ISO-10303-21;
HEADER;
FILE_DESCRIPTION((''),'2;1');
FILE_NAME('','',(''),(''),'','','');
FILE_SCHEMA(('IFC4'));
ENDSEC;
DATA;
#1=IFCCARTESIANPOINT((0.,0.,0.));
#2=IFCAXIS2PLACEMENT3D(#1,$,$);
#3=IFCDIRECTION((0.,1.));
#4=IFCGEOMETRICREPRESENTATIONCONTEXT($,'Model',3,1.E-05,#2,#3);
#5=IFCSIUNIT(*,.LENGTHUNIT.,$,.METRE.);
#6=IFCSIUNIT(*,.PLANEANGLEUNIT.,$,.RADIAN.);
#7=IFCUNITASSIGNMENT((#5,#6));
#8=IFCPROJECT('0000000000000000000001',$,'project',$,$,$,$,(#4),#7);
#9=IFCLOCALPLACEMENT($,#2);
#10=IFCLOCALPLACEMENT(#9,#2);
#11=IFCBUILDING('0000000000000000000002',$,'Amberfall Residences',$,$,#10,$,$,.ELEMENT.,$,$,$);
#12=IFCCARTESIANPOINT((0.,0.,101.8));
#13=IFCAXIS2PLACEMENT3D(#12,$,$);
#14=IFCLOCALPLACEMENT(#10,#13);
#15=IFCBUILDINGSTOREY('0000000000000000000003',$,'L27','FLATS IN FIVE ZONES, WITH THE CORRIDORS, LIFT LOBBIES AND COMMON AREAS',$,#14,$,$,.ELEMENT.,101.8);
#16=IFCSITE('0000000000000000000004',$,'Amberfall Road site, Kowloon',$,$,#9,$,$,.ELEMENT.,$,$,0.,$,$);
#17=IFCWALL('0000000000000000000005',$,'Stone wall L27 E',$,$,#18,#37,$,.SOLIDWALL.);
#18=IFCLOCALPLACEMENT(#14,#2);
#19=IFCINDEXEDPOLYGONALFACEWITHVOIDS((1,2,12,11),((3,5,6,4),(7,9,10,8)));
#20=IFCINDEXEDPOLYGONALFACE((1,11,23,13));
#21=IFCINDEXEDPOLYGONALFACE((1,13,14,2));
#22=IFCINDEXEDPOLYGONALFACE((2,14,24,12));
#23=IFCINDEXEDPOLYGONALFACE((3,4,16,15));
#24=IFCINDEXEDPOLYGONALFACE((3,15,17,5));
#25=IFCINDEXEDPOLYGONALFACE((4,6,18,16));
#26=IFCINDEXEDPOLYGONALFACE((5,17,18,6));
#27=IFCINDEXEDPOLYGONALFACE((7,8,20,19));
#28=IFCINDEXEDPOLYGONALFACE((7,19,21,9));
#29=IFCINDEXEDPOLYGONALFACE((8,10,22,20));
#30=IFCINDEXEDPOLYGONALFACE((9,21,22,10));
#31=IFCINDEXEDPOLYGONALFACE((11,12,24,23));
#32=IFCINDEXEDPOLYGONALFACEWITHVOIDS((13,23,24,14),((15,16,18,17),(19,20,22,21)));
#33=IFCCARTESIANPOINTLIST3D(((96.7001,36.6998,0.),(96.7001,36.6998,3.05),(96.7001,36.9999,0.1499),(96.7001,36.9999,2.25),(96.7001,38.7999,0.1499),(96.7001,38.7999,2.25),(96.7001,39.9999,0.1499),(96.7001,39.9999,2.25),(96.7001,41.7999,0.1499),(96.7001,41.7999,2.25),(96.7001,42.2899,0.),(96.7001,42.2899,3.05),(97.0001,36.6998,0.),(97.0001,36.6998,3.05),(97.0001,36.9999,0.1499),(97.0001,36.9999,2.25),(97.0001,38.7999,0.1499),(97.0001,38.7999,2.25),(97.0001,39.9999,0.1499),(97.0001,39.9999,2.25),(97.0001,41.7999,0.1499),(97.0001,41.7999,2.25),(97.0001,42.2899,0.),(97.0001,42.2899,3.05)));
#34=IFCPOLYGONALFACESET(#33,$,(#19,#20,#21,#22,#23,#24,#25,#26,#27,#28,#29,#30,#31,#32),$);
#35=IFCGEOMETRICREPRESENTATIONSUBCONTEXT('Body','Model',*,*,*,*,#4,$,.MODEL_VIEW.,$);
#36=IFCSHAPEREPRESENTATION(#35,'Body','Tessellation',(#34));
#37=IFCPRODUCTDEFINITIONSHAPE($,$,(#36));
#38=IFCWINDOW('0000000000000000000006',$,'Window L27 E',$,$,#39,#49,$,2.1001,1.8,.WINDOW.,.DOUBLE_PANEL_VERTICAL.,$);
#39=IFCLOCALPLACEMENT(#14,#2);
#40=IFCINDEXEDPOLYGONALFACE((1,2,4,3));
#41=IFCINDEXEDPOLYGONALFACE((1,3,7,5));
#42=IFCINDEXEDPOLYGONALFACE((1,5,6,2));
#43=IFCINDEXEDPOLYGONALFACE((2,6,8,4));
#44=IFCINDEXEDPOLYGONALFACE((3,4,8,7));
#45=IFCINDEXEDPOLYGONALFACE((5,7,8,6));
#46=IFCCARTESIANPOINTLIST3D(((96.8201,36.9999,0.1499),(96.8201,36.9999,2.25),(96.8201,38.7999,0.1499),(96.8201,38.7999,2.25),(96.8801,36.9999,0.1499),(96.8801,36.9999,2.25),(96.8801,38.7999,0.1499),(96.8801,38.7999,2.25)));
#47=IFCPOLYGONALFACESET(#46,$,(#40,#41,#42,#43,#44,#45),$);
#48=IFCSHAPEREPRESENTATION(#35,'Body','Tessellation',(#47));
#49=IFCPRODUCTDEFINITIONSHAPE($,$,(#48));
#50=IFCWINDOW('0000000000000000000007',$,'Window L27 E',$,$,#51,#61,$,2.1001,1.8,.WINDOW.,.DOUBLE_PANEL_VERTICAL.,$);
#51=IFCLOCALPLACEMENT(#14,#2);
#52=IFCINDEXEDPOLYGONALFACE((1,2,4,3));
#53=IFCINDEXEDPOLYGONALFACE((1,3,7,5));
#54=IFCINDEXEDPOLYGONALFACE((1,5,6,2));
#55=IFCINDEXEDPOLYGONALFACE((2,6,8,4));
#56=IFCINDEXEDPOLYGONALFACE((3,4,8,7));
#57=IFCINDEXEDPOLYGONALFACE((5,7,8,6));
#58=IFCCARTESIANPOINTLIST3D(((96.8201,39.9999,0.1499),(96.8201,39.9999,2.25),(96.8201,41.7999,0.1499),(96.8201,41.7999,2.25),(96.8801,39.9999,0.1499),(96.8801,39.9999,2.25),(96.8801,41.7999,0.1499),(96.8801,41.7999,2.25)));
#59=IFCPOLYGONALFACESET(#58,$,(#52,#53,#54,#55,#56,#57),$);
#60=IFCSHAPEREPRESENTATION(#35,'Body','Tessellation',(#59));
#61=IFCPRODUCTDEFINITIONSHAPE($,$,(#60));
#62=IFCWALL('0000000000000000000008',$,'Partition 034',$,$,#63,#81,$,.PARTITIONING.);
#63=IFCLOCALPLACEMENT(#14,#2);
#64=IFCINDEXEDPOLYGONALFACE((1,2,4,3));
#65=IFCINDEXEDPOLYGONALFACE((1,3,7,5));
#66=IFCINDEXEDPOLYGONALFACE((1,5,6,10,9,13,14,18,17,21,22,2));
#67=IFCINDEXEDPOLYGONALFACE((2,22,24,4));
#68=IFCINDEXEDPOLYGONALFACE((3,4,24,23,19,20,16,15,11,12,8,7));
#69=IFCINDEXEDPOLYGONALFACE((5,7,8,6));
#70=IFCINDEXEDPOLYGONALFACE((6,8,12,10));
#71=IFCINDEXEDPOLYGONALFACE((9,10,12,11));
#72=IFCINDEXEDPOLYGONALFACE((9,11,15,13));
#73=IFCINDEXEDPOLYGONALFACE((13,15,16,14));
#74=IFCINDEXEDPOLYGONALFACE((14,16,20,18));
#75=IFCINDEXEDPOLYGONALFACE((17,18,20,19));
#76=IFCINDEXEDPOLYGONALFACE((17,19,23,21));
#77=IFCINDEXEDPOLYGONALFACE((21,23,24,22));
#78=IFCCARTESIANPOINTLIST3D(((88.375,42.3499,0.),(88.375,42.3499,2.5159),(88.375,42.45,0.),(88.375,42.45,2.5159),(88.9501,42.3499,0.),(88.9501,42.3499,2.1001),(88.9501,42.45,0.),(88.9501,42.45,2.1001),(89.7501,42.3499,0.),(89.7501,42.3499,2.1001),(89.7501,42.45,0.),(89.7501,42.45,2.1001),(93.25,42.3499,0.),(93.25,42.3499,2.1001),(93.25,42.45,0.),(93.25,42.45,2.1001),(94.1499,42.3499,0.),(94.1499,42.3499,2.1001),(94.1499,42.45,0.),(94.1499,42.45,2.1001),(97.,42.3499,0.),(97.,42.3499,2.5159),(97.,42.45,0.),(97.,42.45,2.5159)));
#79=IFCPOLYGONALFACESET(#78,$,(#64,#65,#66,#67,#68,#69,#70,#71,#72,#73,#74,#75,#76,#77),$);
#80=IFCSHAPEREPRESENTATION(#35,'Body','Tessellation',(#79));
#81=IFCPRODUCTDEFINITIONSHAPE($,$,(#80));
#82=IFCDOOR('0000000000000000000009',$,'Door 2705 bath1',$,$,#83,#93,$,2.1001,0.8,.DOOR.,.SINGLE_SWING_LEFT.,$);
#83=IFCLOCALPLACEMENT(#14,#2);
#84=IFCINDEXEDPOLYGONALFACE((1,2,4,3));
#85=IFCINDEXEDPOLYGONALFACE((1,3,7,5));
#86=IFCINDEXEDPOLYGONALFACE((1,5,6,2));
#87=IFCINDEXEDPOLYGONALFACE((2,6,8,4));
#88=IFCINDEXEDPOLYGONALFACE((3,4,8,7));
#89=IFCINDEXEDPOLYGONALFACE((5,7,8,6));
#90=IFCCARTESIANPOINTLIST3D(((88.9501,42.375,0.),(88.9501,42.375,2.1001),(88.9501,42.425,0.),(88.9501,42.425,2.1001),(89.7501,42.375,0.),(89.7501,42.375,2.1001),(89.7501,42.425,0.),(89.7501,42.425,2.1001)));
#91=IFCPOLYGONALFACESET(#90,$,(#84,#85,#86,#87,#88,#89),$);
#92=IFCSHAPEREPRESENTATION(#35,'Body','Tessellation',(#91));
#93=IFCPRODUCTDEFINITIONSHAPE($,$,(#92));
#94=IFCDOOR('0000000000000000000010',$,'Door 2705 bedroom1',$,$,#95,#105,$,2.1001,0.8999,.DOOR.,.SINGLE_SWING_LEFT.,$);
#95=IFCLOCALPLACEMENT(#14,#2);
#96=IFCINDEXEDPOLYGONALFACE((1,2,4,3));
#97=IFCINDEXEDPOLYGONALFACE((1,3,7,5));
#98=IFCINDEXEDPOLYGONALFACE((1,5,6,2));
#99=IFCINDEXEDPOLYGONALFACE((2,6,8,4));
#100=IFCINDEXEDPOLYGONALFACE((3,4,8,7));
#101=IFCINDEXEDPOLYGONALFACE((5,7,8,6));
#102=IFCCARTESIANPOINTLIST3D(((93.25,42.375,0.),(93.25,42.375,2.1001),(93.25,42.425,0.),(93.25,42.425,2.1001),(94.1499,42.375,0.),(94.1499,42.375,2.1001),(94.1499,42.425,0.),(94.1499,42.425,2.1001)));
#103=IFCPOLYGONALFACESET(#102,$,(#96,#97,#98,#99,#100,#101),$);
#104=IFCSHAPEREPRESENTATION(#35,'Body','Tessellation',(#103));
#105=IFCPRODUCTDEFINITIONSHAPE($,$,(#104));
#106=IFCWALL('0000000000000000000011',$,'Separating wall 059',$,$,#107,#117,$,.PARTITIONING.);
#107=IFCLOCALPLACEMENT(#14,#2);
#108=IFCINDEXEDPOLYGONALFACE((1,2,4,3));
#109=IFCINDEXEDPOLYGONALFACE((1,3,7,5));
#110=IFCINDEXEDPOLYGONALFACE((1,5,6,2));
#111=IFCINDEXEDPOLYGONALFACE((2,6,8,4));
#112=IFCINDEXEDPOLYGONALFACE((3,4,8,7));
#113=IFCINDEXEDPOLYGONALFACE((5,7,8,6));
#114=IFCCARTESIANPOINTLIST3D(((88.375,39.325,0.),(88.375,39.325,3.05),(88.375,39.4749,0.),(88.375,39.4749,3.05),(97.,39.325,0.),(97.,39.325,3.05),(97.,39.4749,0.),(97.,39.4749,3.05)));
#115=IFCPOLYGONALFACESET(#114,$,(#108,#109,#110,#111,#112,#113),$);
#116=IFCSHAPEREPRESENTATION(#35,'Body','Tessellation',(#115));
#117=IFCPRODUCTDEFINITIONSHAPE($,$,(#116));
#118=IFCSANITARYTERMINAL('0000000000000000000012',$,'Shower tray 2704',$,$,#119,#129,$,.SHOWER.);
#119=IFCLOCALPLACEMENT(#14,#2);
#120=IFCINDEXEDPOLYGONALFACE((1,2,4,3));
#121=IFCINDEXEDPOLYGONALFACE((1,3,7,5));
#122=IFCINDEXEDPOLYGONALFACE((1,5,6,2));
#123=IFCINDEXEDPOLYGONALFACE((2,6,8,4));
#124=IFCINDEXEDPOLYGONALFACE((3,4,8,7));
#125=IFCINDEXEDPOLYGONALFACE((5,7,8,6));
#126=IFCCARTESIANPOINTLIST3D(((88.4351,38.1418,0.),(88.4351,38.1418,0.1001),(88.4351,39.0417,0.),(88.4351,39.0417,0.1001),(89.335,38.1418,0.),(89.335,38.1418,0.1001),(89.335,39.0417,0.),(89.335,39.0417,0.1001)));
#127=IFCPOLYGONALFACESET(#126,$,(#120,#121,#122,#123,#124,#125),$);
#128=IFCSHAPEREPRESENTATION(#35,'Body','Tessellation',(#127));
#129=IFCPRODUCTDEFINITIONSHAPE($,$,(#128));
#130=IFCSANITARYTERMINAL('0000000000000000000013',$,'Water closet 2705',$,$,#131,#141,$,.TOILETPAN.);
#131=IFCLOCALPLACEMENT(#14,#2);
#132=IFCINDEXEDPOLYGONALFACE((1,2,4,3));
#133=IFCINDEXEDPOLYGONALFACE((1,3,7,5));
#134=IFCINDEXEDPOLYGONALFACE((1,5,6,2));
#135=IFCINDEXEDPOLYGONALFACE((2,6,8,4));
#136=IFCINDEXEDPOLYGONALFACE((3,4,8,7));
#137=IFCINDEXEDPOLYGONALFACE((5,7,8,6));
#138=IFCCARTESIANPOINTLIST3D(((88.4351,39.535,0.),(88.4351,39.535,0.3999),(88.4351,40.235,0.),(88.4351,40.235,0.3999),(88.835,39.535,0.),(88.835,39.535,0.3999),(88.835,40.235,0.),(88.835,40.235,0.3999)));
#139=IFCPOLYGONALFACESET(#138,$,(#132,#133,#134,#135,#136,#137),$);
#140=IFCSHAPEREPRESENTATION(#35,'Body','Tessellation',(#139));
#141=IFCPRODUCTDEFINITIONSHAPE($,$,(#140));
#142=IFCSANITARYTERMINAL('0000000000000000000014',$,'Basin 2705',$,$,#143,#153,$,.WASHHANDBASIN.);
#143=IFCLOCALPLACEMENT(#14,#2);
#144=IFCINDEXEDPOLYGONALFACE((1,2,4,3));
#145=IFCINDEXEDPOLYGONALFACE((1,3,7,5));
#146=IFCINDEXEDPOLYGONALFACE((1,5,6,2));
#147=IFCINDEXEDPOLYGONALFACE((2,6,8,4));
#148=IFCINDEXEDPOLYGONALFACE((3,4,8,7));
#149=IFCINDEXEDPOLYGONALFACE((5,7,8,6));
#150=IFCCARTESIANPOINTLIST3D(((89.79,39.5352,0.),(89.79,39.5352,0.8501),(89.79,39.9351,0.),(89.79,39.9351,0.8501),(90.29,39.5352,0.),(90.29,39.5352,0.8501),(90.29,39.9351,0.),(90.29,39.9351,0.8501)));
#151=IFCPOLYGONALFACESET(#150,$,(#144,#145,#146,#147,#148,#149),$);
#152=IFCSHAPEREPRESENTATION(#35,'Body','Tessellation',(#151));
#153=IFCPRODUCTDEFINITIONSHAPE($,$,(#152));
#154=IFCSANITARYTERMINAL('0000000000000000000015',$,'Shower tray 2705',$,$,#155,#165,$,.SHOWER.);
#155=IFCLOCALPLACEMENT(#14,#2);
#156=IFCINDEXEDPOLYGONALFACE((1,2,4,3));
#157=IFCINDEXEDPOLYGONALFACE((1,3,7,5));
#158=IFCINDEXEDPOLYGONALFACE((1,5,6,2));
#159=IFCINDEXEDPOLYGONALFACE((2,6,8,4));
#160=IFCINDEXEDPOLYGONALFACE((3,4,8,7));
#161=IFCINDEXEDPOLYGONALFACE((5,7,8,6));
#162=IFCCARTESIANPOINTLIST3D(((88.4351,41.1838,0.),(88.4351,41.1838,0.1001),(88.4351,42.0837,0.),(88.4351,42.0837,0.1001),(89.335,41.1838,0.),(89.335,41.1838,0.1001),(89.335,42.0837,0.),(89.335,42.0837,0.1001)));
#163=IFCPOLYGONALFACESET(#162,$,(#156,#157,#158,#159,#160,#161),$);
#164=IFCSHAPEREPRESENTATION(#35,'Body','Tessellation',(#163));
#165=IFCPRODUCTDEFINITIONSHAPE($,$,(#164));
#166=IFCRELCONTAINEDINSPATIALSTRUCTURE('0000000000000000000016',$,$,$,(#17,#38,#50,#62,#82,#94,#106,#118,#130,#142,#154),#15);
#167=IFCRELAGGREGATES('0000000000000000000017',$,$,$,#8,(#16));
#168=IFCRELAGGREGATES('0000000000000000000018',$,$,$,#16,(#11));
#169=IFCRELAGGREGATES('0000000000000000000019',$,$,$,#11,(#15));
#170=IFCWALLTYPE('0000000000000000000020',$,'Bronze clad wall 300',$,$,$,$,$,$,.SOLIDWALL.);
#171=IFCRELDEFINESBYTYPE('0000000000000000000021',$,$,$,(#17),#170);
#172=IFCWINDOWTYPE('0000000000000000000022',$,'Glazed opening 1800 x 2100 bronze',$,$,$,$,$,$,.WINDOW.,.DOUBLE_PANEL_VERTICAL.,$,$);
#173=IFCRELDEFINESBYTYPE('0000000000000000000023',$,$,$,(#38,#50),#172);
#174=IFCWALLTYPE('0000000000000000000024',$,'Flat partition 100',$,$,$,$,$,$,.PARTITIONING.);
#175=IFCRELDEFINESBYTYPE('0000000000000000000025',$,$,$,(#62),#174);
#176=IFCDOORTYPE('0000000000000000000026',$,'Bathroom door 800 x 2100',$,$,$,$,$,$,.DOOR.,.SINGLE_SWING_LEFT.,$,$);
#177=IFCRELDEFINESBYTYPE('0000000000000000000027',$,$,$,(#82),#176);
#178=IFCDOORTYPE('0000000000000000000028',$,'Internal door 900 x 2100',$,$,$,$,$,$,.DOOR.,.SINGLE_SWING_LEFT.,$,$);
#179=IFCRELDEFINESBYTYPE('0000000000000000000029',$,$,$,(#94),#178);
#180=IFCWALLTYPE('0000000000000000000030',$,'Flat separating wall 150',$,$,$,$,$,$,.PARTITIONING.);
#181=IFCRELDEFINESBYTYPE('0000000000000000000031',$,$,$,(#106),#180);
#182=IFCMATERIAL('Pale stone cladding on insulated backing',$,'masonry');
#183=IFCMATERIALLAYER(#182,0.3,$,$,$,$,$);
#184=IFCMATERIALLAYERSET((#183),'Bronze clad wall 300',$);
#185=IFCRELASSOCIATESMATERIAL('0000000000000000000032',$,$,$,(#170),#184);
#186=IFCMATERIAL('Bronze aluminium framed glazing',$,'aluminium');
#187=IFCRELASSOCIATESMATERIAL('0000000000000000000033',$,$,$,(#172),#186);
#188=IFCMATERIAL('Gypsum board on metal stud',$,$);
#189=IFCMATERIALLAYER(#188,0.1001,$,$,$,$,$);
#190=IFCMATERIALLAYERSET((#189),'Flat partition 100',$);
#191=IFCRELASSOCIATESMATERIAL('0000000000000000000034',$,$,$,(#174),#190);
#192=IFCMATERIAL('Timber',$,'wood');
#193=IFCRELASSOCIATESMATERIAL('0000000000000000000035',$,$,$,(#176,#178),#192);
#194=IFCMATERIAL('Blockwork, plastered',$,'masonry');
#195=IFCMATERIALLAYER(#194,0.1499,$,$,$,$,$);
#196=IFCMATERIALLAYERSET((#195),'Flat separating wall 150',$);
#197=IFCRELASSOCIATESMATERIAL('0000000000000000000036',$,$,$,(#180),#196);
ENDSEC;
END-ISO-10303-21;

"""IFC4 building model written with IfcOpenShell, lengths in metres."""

from ifc_helpers import new_model, si_unit, direction, frame, frame_2d, origin, origin_2d, place, context, subcontext, project, spatial, rectangle, extrude, material, layer, layer_set, type_object, element, fill, save


model = new_model("IFC4")

# Units and contexts
model_context = context("Model", 3, precision=1e-05, world=origin(), true_north=direction((0.0, 1.0)))
body_context = subcontext(model_context, "Body", "Model", "MODEL_VIEW")
ifc_project = project(units=[si_unit("LENGTHUNIT", "METRE"), si_unit("PLANEANGLEUNIT", "RADIAN")], contexts=[model_context])

# Site, building, storey
site_placement = place(None, origin())
site = spatial("IfcSite", under=ifc_project, at=site_placement, Name="Amberfall Road site, Kowloon", CompositionType="ELEMENT", RefElevation=0.0)
building_placement = place(site_placement, origin())
building = spatial("IfcBuilding", under=site, at=building_placement, Name="Amberfall Residences", CompositionType="ELEMENT")
storey_placement = place(building_placement, frame((0.0, 0.0, 101.8)))
storey = spatial("IfcBuildingStorey", under=building, at=storey_placement, Name="L27", Description="FLATS IN FIVE ZONES, WITH THE CORRIDORS, LIFT LOBBIES AND COMMON AREAS", CompositionType="ELEMENT", Elevation=101.8)

# Shared definitions
ifc_material_1 = material(Name="Pale stone cladding on insulated backing", Category="masonry")
ifc_layer_1 = layer(ifc_material_1, 0.3)
ifc_layer_set_1 = layer_set([ifc_layer_1], Name="Bronze clad wall 300")
wall_type_1 = type_object("IfcWallType", Name="Bronze clad wall 300", PredefinedType="SOLIDWALL", material=ifc_layer_set_1)
ifc_material_2 = material(Name="Bronze aluminium framed glazing", Category="aluminium")

# Wall, openings, windows
wall_1_placement = place(storey_placement, frame((96.8501, 36.7, 0.0), z_axis=(0.0, 0.0, 1.0), x_axis=(0.0, 1.0, 0.0)))
wall_1 = element("IfcWall", 1, at=wall_1_placement, inside=storey, type_object=wall_type_1, Name="Stone wall L27 E", PredefinedType="SOLIDWALL", context=body_context, shape_type="SweptSolid", body=[
    extrude(rectangle(XDim=5.5901, YDim=0.3, at=frame_2d((2.7949, 0.0))), origin(), (0.0, 0.0, 1.0), 3.05),
])
opening_1_placement = place(wall_1_placement, frame((0.3, 0.0, 0.1499)))
opening_1 = element("IfcOpeningElement", 2, at=opening_1_placement, cuts=wall_1, PredefinedType="OPENING", context=body_context, shape_type="SweptSolid", body=[
    extrude(rectangle(XDim=1.8, YDim=2.1001, at=frame_2d((0.8999, 1.05))), frame((0.0, 0.1599, 0.0), z_axis=(0.0, -1.0, 0.0), x_axis=(1.0, 0.0, 0.0)), (0.0, 0.0, 1.0), 0.3201),
])
opening_2_placement = place(wall_1_placement, frame((3.3, 0.0, 0.1499)))
opening_2 = element("IfcOpeningElement", 3, at=opening_2_placement, cuts=wall_1, PredefinedType="OPENING", context=body_context, shape_type="SweptSolid", body=[
    extrude(rectangle(XDim=1.8, YDim=2.1001, at=frame_2d((0.8999, 1.05))), frame((0.0, 0.1599, 0.0), z_axis=(0.0, -1.0, 0.0), x_axis=(1.0, 0.0, 0.0)), (0.0, 0.0, 1.0), 0.3201),
])
window_type_1 = type_object("IfcWindowType", Name="Glazed opening 1800 x 2100 bronze", PartitioningType="DOUBLE_PANEL_VERTICAL", PredefinedType="WINDOW", material=ifc_material_2)
window_1_placement = place(opening_1_placement, origin())
window_1 = element("IfcWindow", 4, at=window_1_placement, inside=storey, type_object=window_type_1, Name="Window L27 E", OverallHeight=2.1001, OverallWidth=1.8, PartitioningType="DOUBLE_PANEL_VERTICAL", PredefinedType="WINDOW", context=body_context, shape_type="SweptSolid", body=[
    extrude(rectangle(XDim=1.8, YDim=2.1001, at=frame_2d((0.8999, 1.05))), frame((0.0, 0.03, 0.0), z_axis=(0.0, -1.0, 0.0), x_axis=(1.0, 0.0, 0.0)), (0.0, 0.0, 1.0), 0.0601),
])
fill(opening_1, window_1)
window_2_placement = place(opening_2_placement, origin())
window_2 = element("IfcWindow", 5, at=window_2_placement, inside=storey, type_object=window_type_1, Name="Window L27 E", OverallHeight=2.1001, OverallWidth=1.8, PartitioningType="DOUBLE_PANEL_VERTICAL", PredefinedType="WINDOW", context=body_context, shape_type="SweptSolid", body=[
    extrude(rectangle(XDim=1.8, YDim=2.1001, at=frame_2d((0.8999, 1.05))), frame((0.0, 0.03, 0.0), z_axis=(0.0, -1.0, 0.0), x_axis=(1.0, 0.0, 0.0)), (0.0, 0.0, 1.0), 0.0601),
])
fill(opening_2, window_2)

# Wall, openings, doors
ifc_material_3 = material(Name="Gypsum board on metal stud")
ifc_layer_2 = layer(ifc_material_3, 0.1001)
ifc_layer_set_2 = layer_set([ifc_layer_2], Name="Flat partition 100")
wall_type_2 = type_object("IfcWallType", Name="Flat partition 100", PredefinedType="PARTITIONING", material=ifc_layer_set_2)
wall_2_placement = place(storey_placement, frame((97.0, 42.3999, 0.0), z_axis=(0.0, 0.0, 1.0), x_axis=(-1.0, 0.0, 0.0)))
wall_2 = element("IfcWall", 6, at=wall_2_placement, inside=storey, type_object=wall_type_2, Name="Partition 034", PredefinedType="PARTITIONING", context=body_context, shape_type="SweptSolid", body=[
    extrude(rectangle(XDim=8.625, YDim=0.1001, at=frame_2d((4.3125, 0.0))), origin(), (0.0, 0.0, 1.0), 2.5159),
])
opening_3_placement = place(wall_2_placement, frame((2.8501, 0.0, 0.0)))
opening_3 = element("IfcOpeningElement", 7, at=opening_3_placement, cuts=wall_2, PredefinedType="OPENING", context=body_context, shape_type="SweptSolid", body=[
    extrude(rectangle(XDim=0.8999, YDim=2.1001, at=frame_2d((0.45, 1.05))), frame((0.0, 0.0601, 0.0), z_axis=(0.0, -1.0, 0.0), x_axis=(1.0, 0.0, 0.0)), (0.0, 0.0, 1.0), 0.1201),
])
opening_4_placement = place(wall_2_placement, frame((7.25, 0.0, 0.0)))
opening_4 = element("IfcOpeningElement", 8, at=opening_4_placement, cuts=wall_2, PredefinedType="OPENING", context=body_context, shape_type="SweptSolid", body=[
    extrude(rectangle(XDim=0.8, YDim=2.1001, at=frame_2d((0.3999, 1.05))), frame((0.0, 0.0601, 0.0), z_axis=(0.0, -1.0, 0.0), x_axis=(1.0, 0.0, 0.0)), (0.0, 0.0, 1.0), 0.1201),
])
ifc_material_4 = material(Name="Timber", Category="wood")
door_type_1 = type_object("IfcDoorType", Name="Bathroom door 800 x 2100", OperationType="SINGLE_SWING_LEFT", PredefinedType="DOOR", material=ifc_material_4)
door_1_placement = place(opening_4_placement, origin())
door_1 = element("IfcDoor", 9, at=door_1_placement, inside=storey, type_object=door_type_1, Name="Door 2705 bath1", OperationType="SINGLE_SWING_LEFT", OverallHeight=2.1001, OverallWidth=0.8, PredefinedType="DOOR", context=body_context, shape_type="SweptSolid", body=[
    extrude(rectangle(XDim=0.8, YDim=2.1001, at=frame_2d((0.3999, 1.05))), frame((0.0, 0.0249, 0.0), z_axis=(0.0, -1.0, 0.0), x_axis=(1.0, 0.0, 0.0)), (0.0, 0.0, 1.0), 0.05),
])
fill(opening_4, door_1)
door_type_2 = type_object("IfcDoorType", Name="Internal door 900 x 2100", OperationType="SINGLE_SWING_LEFT", PredefinedType="DOOR", material=ifc_material_4)
door_2_placement = place(opening_3_placement, origin())
door_2 = element("IfcDoor", 10, at=door_2_placement, inside=storey, type_object=door_type_2, Name="Door 2705 bedroom1", OperationType="SINGLE_SWING_LEFT", OverallHeight=2.1001, OverallWidth=0.8999, PredefinedType="DOOR", context=body_context, shape_type="SweptSolid", body=[
    extrude(rectangle(XDim=0.8999, YDim=2.1001, at=frame_2d((0.45, 1.05))), frame((0.0, 0.0249, 0.0), z_axis=(0.0, -1.0, 0.0), x_axis=(1.0, 0.0, 0.0)), (0.0, 0.0, 1.0), 0.05),
])
fill(opening_3, door_2)

# Wall
ifc_material_5 = material(Name="Blockwork, plastered", Category="masonry")
ifc_layer_3 = layer(ifc_material_5, 0.1499)
ifc_layer_set_3 = layer_set([ifc_layer_3], Name="Flat separating wall 150")
wall_type_3 = type_object("IfcWallType", Name="Flat separating wall 150", PredefinedType="PARTITIONING", material=ifc_layer_set_3)
wall_3_placement = place(storey_placement, frame((88.375, 39.3999, 0.0), z_axis=(0.0, 0.0, 1.0), x_axis=(1.0, 0.0, 0.0)))
element("IfcWall", 11, at=wall_3_placement, inside=storey, type_object=wall_type_3, Name="Separating wall 059", PredefinedType="PARTITIONING", context=body_context, shape_type="SweptSolid", body=[
    extrude(rectangle(XDim=8.625, YDim=0.1499, at=frame_2d((4.3125, 0.0))), origin(), (0.0, 0.0, 1.0), 3.05),
])

# Sanitary terminals
sanitary_terminal_1_placement = place(storey_placement, frame((88.885, 38.5918, 0.0), z_axis=(0.0, 0.0, 1.0), x_axis=(1.0, 0.0, 0.0)))
element("IfcSanitaryTerminal", 12, at=sanitary_terminal_1_placement, inside=storey, Name="Shower tray 2704", PredefinedType="SHOWER", context=body_context, shape_type="SweptSolid", body=[
    extrude(rectangle(XDim=0.8999, YDim=0.8999, at=origin_2d()), origin(), (0.0, 0.0, 1.0), 0.1001),
])
sanitary_terminal_2_placement = place(storey_placement, frame((88.635, 39.885, 0.0), z_axis=(0.0, 0.0, 1.0), x_axis=(1.0, 0.0, 0.0)))
element("IfcSanitaryTerminal", 13, at=sanitary_terminal_2_placement, inside=storey, Name="Water closet 2705", PredefinedType="TOILETPAN", context=body_context, shape_type="SweptSolid", body=[
    extrude(rectangle(XDim=0.3999, YDim=0.7, at=origin_2d()), origin(), (0.0, 0.0, 1.0), 0.3999),
])
sanitary_terminal_3_placement = place(storey_placement, frame((90.04, 39.7351, 0.0), z_axis=(0.0, 0.0, 1.0), x_axis=(1.0, 0.0, 0.0)))
element("IfcSanitaryTerminal", 14, at=sanitary_terminal_3_placement, inside=storey, Name="Basin 2705", PredefinedType="WASHHANDBASIN", context=body_context, shape_type="SweptSolid", body=[
    extrude(rectangle(XDim=0.5, YDim=0.3999, at=origin_2d()), origin(), (0.0, 0.0, 1.0), 0.8501),
])
sanitary_terminal_4_placement = place(storey_placement, frame((88.885, 41.6338, 0.0), z_axis=(0.0, 0.0, 1.0), x_axis=(1.0, 0.0, 0.0)))
element("IfcSanitaryTerminal", 15, at=sanitary_terminal_4_placement, inside=storey, Name="Shower tray 2705", PredefinedType="SHOWER", context=body_context, shape_type="SweptSolid", body=[
    extrude(rectangle(XDim=0.8999, YDim=0.8999, at=origin_2d()), origin(), (0.0, 0.0, 1.0), 0.1001),
])

save(model, "model.ifc")
